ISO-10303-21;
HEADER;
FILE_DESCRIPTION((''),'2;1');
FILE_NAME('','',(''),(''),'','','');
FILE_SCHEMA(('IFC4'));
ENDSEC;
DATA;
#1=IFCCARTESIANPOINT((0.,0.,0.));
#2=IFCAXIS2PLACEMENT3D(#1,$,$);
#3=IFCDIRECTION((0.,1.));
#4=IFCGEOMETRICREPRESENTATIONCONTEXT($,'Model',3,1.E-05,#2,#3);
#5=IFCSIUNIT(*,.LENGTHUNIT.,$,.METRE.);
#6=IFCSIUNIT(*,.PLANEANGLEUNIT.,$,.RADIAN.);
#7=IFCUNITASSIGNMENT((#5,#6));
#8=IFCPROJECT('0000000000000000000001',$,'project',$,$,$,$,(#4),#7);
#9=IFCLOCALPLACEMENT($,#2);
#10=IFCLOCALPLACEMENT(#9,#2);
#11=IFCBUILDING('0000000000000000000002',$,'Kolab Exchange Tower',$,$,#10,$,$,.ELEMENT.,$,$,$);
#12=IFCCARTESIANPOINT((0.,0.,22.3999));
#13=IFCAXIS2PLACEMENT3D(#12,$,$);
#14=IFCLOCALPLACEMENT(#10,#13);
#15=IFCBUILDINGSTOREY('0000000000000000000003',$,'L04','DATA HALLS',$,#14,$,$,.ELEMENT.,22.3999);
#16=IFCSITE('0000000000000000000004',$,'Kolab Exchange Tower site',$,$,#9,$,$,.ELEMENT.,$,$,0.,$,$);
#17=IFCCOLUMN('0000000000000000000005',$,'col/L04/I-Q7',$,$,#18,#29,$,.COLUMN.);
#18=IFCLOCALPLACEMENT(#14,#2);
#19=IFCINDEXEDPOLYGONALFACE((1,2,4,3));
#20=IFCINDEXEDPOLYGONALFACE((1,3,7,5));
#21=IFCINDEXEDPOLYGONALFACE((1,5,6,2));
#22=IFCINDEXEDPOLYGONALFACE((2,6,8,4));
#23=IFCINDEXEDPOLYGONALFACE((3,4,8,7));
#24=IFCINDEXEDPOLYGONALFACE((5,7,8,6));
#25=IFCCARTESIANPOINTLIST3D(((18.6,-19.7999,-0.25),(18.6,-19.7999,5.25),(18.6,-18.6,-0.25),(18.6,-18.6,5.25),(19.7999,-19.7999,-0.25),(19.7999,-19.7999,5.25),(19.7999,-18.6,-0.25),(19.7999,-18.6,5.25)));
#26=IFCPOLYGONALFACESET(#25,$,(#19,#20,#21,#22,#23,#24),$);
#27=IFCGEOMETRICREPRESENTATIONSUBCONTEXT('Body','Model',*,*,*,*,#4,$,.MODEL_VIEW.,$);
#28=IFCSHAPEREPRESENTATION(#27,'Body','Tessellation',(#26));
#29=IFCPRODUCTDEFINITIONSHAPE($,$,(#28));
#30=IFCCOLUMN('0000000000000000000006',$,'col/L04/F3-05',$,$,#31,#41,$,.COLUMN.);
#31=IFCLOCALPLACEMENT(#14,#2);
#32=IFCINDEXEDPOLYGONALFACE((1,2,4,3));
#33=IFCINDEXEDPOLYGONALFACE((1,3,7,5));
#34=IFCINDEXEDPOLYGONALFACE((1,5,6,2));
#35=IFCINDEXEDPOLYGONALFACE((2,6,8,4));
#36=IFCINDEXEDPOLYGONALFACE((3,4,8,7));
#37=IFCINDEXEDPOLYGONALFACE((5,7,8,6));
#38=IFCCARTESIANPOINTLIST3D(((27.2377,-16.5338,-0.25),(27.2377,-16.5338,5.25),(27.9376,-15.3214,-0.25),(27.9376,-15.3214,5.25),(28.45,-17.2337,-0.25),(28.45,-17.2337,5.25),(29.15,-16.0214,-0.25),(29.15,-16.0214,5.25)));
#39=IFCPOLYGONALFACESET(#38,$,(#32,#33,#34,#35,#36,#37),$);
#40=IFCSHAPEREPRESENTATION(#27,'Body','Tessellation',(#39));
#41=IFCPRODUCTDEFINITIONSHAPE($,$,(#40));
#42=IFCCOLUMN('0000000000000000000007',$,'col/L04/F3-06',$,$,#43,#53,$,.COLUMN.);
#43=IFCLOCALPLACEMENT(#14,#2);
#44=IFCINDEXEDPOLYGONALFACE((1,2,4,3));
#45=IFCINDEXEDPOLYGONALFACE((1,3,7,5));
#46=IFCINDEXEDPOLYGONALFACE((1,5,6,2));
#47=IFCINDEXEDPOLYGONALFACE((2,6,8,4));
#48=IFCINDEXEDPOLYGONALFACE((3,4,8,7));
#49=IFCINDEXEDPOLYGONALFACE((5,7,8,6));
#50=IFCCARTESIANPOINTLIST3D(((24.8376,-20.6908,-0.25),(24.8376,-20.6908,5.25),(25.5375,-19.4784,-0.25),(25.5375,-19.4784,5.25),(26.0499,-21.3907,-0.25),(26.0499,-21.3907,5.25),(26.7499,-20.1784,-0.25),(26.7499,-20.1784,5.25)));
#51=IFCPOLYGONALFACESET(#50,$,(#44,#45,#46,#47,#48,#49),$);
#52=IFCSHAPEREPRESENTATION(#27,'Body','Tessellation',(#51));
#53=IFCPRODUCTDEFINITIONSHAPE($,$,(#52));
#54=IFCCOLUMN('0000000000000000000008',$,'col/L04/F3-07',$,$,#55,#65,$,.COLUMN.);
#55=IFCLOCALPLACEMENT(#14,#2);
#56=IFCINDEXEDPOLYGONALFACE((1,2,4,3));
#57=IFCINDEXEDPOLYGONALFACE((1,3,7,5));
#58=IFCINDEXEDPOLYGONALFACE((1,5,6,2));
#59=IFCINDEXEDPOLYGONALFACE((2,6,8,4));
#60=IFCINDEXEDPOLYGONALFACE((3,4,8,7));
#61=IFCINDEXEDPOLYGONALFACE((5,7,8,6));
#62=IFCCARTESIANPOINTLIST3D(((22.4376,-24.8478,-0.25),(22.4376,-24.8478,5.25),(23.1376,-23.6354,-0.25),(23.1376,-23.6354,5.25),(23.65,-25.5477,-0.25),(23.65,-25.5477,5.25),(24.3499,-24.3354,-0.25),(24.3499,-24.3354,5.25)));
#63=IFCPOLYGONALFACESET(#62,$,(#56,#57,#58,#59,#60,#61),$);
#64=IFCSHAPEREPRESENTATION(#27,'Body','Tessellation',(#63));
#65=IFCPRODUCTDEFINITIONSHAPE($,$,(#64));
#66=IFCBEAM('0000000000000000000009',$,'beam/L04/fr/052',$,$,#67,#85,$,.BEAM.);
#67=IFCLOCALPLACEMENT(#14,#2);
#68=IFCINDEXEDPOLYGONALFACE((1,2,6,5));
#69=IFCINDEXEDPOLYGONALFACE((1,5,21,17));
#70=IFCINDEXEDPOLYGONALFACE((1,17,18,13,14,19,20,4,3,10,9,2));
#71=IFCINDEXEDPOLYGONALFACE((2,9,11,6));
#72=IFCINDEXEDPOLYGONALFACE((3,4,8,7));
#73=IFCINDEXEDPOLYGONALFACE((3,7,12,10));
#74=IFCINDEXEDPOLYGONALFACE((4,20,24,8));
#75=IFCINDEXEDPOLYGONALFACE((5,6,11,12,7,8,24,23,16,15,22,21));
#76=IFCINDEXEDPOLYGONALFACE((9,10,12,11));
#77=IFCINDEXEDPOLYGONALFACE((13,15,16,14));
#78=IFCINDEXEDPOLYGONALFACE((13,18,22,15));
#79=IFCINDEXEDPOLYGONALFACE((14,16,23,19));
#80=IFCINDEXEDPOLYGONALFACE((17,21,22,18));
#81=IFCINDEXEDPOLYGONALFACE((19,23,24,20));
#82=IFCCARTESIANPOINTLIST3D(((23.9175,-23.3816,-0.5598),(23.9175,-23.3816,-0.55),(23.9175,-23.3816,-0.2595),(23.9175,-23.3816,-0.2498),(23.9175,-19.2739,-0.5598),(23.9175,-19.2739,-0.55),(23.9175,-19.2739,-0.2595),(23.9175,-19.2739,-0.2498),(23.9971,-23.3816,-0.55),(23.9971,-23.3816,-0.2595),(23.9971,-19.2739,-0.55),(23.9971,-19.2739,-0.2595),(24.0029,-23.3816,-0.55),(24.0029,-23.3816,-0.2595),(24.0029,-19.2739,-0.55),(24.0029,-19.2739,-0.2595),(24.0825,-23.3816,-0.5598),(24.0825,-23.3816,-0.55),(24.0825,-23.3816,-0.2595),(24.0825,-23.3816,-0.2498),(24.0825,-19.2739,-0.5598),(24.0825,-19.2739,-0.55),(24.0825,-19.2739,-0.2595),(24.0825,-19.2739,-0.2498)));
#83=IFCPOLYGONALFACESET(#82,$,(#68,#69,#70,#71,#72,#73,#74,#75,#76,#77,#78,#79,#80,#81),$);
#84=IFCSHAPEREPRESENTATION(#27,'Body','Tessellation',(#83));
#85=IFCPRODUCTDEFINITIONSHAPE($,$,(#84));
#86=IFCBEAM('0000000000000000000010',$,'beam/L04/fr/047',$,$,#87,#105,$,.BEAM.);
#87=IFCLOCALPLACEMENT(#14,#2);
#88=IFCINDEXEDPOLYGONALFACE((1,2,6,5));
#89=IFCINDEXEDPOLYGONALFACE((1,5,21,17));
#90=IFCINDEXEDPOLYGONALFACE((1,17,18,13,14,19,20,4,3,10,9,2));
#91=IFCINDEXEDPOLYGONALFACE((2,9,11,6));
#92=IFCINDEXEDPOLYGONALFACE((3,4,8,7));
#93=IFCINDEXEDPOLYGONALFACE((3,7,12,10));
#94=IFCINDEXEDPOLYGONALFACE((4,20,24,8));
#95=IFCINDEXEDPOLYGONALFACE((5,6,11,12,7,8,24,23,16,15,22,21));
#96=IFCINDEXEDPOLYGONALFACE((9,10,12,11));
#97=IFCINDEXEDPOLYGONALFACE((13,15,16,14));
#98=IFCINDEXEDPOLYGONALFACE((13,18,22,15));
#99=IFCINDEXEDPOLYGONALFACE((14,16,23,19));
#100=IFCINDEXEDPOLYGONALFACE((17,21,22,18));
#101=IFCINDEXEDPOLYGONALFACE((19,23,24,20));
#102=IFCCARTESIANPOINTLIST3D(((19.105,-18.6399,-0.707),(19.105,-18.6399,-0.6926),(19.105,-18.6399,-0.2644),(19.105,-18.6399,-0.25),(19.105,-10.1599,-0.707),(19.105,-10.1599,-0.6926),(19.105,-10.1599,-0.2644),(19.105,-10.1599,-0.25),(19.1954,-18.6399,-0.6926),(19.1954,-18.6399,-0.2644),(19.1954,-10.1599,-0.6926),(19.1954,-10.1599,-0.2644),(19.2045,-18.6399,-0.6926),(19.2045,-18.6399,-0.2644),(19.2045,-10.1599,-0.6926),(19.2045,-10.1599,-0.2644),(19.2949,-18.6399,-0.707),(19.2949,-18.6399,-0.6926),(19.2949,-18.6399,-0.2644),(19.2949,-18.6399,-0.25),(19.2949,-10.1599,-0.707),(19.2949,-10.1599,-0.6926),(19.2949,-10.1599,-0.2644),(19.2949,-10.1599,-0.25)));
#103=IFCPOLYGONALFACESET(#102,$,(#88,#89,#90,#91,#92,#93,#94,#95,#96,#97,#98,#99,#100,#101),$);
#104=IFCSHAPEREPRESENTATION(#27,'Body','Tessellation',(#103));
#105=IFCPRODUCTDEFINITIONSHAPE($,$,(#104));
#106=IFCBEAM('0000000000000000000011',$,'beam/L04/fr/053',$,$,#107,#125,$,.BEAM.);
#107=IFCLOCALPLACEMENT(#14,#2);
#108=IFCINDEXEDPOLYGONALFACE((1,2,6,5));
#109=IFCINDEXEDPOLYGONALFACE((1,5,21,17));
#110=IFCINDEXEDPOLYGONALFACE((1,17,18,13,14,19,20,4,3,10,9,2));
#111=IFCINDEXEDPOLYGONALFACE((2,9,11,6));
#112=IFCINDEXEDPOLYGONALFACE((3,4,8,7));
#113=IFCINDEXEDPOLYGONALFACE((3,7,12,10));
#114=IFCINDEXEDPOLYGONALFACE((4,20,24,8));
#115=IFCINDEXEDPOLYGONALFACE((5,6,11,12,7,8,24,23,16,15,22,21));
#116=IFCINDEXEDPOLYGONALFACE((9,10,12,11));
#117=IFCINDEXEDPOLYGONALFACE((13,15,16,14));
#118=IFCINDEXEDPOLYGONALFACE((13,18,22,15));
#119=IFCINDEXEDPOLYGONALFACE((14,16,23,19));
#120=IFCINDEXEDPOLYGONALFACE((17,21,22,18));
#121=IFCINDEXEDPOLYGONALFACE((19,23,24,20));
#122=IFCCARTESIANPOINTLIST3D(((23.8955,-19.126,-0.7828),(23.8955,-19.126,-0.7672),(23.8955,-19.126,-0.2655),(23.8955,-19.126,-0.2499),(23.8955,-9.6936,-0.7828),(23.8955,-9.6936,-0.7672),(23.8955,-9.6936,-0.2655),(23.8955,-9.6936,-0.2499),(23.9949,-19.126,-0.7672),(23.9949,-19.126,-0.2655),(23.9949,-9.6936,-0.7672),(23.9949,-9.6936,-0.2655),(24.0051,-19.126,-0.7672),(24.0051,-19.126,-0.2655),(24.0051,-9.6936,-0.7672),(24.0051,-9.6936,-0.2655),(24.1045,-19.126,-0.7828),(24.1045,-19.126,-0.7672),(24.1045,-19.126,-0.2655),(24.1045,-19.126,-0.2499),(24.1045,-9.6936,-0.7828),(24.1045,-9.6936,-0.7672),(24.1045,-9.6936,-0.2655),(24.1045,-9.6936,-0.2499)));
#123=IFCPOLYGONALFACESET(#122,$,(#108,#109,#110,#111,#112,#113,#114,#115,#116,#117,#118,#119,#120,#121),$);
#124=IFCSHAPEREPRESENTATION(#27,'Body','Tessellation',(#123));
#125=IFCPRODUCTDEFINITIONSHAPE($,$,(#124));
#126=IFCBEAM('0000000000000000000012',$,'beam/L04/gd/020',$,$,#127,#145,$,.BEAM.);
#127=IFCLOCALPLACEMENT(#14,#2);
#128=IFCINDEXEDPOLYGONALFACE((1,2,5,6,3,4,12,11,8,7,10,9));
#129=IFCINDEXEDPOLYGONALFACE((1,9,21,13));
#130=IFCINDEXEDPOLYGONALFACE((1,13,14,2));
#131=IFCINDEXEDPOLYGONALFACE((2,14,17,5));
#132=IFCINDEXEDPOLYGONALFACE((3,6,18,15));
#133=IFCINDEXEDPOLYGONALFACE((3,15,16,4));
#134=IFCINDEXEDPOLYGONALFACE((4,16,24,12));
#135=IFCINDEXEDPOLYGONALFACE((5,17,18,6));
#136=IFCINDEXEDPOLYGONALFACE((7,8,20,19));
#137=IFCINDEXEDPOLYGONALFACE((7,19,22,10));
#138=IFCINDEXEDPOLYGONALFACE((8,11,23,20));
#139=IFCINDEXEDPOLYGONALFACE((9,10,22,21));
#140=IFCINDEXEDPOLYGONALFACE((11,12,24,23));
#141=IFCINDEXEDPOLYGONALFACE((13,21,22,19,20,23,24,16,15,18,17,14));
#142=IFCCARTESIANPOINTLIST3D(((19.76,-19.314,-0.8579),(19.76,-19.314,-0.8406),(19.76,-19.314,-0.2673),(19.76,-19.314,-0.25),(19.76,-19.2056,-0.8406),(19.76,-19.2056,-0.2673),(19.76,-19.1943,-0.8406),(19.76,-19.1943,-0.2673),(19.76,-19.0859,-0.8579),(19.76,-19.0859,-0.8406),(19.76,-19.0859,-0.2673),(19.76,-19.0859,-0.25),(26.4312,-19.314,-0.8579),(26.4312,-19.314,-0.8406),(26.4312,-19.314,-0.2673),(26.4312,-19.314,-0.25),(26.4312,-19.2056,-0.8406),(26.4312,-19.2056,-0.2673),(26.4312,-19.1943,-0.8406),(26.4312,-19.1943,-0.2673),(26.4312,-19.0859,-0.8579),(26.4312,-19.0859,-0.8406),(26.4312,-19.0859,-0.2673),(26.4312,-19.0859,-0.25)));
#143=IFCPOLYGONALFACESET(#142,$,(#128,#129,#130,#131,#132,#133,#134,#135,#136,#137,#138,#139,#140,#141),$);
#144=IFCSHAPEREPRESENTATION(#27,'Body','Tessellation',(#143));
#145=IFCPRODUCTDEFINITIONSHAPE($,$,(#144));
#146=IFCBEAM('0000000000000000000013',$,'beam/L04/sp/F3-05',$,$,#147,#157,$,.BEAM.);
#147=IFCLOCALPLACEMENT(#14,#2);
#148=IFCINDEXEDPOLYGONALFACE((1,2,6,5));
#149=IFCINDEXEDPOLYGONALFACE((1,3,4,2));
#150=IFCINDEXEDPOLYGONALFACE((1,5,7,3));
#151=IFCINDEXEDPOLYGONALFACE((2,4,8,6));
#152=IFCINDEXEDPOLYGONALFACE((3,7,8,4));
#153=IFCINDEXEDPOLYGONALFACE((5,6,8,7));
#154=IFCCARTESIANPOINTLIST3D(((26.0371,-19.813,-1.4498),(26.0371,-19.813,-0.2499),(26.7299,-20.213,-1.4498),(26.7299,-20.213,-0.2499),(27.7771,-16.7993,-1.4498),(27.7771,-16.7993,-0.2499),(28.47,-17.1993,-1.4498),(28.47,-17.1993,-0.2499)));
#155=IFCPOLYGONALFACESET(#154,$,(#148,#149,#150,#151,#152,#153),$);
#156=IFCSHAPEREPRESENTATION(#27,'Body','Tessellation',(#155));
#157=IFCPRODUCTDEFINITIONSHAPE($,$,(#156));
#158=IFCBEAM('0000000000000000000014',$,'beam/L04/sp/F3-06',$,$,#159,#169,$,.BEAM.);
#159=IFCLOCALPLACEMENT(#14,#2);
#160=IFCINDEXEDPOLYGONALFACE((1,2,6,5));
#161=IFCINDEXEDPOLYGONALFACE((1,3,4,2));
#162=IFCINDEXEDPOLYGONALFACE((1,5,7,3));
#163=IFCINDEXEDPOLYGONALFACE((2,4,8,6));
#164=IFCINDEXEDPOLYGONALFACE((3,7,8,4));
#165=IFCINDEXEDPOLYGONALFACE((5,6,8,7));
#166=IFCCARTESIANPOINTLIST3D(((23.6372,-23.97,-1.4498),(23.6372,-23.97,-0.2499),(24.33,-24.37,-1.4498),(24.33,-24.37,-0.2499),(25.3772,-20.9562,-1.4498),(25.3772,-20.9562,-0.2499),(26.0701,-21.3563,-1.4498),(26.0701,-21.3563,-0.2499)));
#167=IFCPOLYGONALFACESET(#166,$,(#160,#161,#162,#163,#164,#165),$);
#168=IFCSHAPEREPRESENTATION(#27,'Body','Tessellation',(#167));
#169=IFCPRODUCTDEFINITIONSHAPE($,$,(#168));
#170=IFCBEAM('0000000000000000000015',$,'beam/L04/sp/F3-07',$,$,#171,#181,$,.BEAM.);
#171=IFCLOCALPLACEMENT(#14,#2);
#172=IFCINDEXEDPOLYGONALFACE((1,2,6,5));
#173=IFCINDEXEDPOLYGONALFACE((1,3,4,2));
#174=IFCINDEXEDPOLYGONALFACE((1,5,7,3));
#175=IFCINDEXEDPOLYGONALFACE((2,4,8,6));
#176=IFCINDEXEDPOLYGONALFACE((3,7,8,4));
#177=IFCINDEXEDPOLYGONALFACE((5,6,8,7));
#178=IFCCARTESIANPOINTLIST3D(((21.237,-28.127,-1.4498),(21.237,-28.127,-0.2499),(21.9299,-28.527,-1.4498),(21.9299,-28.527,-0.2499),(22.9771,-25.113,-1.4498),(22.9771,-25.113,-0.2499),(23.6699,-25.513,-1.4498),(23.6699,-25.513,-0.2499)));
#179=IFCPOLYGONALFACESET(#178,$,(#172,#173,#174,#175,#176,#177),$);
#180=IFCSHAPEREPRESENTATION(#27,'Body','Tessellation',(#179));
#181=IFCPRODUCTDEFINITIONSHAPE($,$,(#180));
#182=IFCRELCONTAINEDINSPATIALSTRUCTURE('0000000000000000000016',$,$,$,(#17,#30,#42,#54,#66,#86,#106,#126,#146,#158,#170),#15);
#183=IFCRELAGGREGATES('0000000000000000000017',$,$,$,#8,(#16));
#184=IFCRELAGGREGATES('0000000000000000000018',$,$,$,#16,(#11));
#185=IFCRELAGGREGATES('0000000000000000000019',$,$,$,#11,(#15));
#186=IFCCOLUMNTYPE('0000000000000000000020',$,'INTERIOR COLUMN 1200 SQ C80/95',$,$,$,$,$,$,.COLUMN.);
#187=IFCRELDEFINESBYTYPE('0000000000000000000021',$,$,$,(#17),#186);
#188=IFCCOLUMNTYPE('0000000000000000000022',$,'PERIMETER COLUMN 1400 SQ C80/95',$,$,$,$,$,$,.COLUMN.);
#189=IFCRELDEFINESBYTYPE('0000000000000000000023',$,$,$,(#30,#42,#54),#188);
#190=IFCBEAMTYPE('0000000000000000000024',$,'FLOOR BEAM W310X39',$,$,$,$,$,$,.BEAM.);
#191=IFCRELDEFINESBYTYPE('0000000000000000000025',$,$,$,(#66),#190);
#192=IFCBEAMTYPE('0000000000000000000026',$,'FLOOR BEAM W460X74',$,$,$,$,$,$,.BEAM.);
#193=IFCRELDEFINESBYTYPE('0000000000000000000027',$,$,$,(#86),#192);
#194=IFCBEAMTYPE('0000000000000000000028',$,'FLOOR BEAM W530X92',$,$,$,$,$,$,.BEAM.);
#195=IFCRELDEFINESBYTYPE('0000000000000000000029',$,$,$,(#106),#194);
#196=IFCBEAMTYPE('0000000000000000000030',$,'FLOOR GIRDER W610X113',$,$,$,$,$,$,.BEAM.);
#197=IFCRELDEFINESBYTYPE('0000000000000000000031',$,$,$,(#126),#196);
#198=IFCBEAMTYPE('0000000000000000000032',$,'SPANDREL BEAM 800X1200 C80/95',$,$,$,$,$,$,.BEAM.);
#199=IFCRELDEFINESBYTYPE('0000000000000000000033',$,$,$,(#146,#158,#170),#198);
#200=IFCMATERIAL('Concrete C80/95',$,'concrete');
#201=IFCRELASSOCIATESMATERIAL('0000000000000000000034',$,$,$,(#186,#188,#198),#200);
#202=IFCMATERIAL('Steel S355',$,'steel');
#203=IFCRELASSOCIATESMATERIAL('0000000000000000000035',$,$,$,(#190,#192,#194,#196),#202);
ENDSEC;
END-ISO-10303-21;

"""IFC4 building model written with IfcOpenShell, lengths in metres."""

from ifc_helpers import new_model, si_unit, direction, frame, origin, origin_2d, place, context, subcontext, project, spatial, rectangle, i_section, extrude, material, material_profile, profile_set, type_object, element, save


model = new_model("IFC4")

# Units and contexts
model_context = context("Model", 3, precision=1e-05, world=origin(), true_north=direction((0.0, 1.0)))
body_context = subcontext(model_context, "Body", "Model", "MODEL_VIEW")
ifc_project = project(units=[si_unit("LENGTHUNIT", "METRE"), si_unit("PLANEANGLEUNIT", "RADIAN")], contexts=[model_context])

# Site, building, storey
site_placement = place(None, origin())
site = spatial("IfcSite", under=ifc_project, at=site_placement, Name="Kolab Exchange Tower site", CompositionType="ELEMENT", RefElevation=0.0)
building_placement = place(site_placement, origin())
building = spatial("IfcBuilding", under=site, at=building_placement, Name="Kolab Exchange Tower", CompositionType="ELEMENT")
storey_placement = place(building_placement, frame((0.0, 0.0, 22.3999)))
storey = spatial("IfcBuildingStorey", under=building, at=storey_placement, Name="L04", Description="DATA HALLS", CompositionType="ELEMENT", Elevation=22.3999)

# Columns
ifc_material_1 = material(Name="Concrete C80/95", Category="concrete")
ifc_material_profile_1 = material_profile(ifc_material_1, rectangle(XDim=1.2, YDim=1.2, at=origin_2d()), Name="RC1200")
ifc_profile_set_1 = profile_set([ifc_material_profile_1], Name="Concrete C80/95")
column_type_1 = type_object("IfcColumnType", Name="INTERIOR COLUMN 1200 SQ C80/95", PredefinedType="COLUMN", material=ifc_profile_set_1)
column_placement = place(storey_placement, frame((19.2, -19.2, -0.25), z_axis=(0.0, 0.0, 1.0), x_axis=(1.0, 0.0, 0.0)))
element("IfcColumn", 1, at=column_placement, inside=storey, type_object=column_type_1, Name="col/L04/I-Q7", PredefinedType="COLUMN", context=body_context, shape_type="SweptSolid", body=[
    extrude(rectangle(XDim=1.2, YDim=1.2, at=origin_2d()), origin(), (0.0, 0.0, 1.0), 5.5),
])
ifc_material_profile_2 = material_profile(ifc_material_1, rectangle(XDim=1.3999, YDim=1.3999, at=origin_2d()), Name="RC1400")
ifc_profile_set_2 = profile_set([ifc_material_profile_2], Name="Concrete C80/95")
column_type_2 = type_object("IfcColumnType", Name="PERIMETER COLUMN 1400 SQ C80/95", PredefinedType="COLUMN", material=ifc_profile_set_2)
for number, where, z_axis, x_axis, name in (
    (2, (28.1938, -16.2776, -0.25), (0.0, 0.0, 1.0), (0.5, 0.866025, 0.0), "col/L04/F3-05"),
    (3, (25.7937, -20.4346, -0.25), (0.0, 0.0, 1.0), (0.5, 0.866025, 0.0), "col/L04/F3-06"),
    (4, (23.3938, -24.5916, -0.25), (0.0, 0.0, 1.0), (0.5, 0.866025, 0.0), "col/L04/F3-07"),
):
    element("IfcColumn", number, at=place(storey_placement, frame(where, z_axis=z_axis, x_axis=x_axis)), inside=storey, type_object=column_type_2, Name=name, PredefinedType="COLUMN", context=body_context, shape_type="SweptSolid", body=[
        extrude(rectangle(XDim=1.3999, YDim=1.3999, at=origin_2d()), origin(), (0.0, 0.0, 1.0), 5.5),
    ])

# Beams
ifc_material_2 = material(Name="Steel S355", Category="steel")
ifc_material_profile_3 = material_profile(ifc_material_2, i_section(OverallWidth=0.165, OverallDepth=0.3101, WebThickness=0.0059, FlangeThickness=0.0098, at=origin_2d()), Name="W310X39")
ifc_profile_set_3 = profile_set([ifc_material_profile_3], Name="Steel S355")
beam_type_1 = type_object("IfcBeamType", Name="FLOOR BEAM W310X39", PredefinedType="BEAM", material=ifc_profile_set_3)
beam_1_placement = place(storey_placement, frame((24.0, -23.3816, -0.4048), z_axis=(0.0, 1.0, 0.0), x_axis=(-1.0, 0.0, 0.0)))
element("IfcBeam", 5, at=beam_1_placement, inside=storey, type_object=beam_type_1, Name="beam/L04/fr/052", PredefinedType="BEAM", context=body_context, shape_type="SweptSolid", body=[
    extrude(i_section(OverallWidth=0.165, OverallDepth=0.3101, WebThickness=0.0059, FlangeThickness=0.0098, at=origin_2d()), origin(), (0.0, 0.0, 1.0), 4.1077),
])
ifc_material_profile_4 = material_profile(ifc_material_2, i_section(OverallWidth=0.1899, OverallDepth=0.457, WebThickness=0.009, FlangeThickness=0.0144, at=origin_2d()), Name="W460X74")
ifc_profile_set_4 = profile_set([ifc_material_profile_4], Name="Steel S355")
beam_type_2 = type_object("IfcBeamType", Name="FLOOR BEAM W460X74", PredefinedType="BEAM", material=ifc_profile_set_4)
beam_2_placement = place(storey_placement, frame((19.2, -18.6399, -0.4785), z_axis=(0.0, 1.0, 0.0), x_axis=(-1.0, 0.0, 0.0)))
element("IfcBeam", 6, at=beam_2_placement, inside=storey, type_object=beam_type_2, Name="beam/L04/fr/047", PredefinedType="BEAM", context=body_context, shape_type="SweptSolid", body=[
    extrude(i_section(OverallWidth=0.1899, OverallDepth=0.457, WebThickness=0.009, FlangeThickness=0.0144, at=origin_2d()), origin(), (0.0, 0.0, 1.0), 8.48),
])
ifc_material_profile_5 = material_profile(ifc_material_2, i_section(OverallWidth=0.209, OverallDepth=0.533, WebThickness=0.0103, FlangeThickness=0.0156, at=origin_2d()), Name="W530X92")
ifc_profile_set_5 = profile_set([ifc_material_profile_5], Name="Steel S355")
beam_type_3 = type_object("IfcBeamType", Name="FLOOR BEAM W530X92", PredefinedType="BEAM", material=ifc_profile_set_5)
beam_3_placement = place(storey_placement, frame((24.0, -19.126, -0.5164), z_axis=(0.0, 1.0, 0.0), x_axis=(-1.0, 0.0, 0.0)))
element("IfcBeam", 7, at=beam_3_placement, inside=storey, type_object=beam_type_3, Name="beam/L04/fr/053", PredefinedType="BEAM", context=body_context, shape_type="SweptSolid", body=[
    extrude(i_section(OverallWidth=0.209, OverallDepth=0.533, WebThickness=0.0103, FlangeThickness=0.0156, at=origin_2d()), origin(), (0.0, 0.0, 1.0), 9.4324),
])
ifc_material_profile_6 = material_profile(ifc_material_2, i_section(OverallWidth=0.228, OverallDepth=0.6079, WebThickness=0.0112, FlangeThickness=0.0173, at=origin_2d()), Name="W610X113")
ifc_profile_set_6 = profile_set([ifc_material_profile_6], Name="Steel S355")
beam_type_4 = type_object("IfcBeamType", Name="FLOOR GIRDER W610X113", PredefinedType="BEAM", material=ifc_profile_set_6)
beam_4_placement = place(storey_placement, frame((19.76, -19.2, -0.554), z_axis=(1.0, 0.0, 0.0), x_axis=(0.0, 1.0, 0.0)))
element("IfcBeam", 8, at=beam_4_placement, inside=storey, type_object=beam_type_4, Name="beam/L04/gd/020", PredefinedType="BEAM", context=body_context, shape_type="SweptSolid", body=[
    extrude(i_section(OverallWidth=0.228, OverallDepth=0.6079, WebThickness=0.0112, FlangeThickness=0.0173, at=origin_2d()), origin(), (0.0, 0.0, 1.0), 6.6711),
])
ifc_material_profile_7 = material_profile(ifc_material_1, rectangle(XDim=0.8, YDim=1.2, at=origin_2d()), Name="RC800X1200")
ifc_profile_set_7 = profile_set([ifc_material_profile_7], Name="Concrete C80/95")
beam_type_5 = type_object("IfcBeamType", Name="SPANDREL BEAM 800X1200 C80/95", PredefinedType="BEAM", material=ifc_profile_set_7)
for number, where, z_axis, x_axis, name in (
    (9, (28.1235, -16.9993, -0.8499), (-0.50001, -0.86602, 0.0), (0.86602, -0.50001, 0.0), "beam/L04/sp/F3-05"),
    (10, (25.7236, -21.1562, -0.8499), (-0.50001, -0.86602, 0.0), (0.86602, -0.50001, 0.0), "beam/L04/sp/F3-06"),
):
    element("IfcBeam", number, at=place(storey_placement, frame(where, z_axis=z_axis, x_axis=x_axis)), inside=storey, type_object=beam_type_5, Name=name, PredefinedType="BEAM", context=body_context, shape_type="SweptSolid", body=[
        extrude(rectangle(XDim=0.8, YDim=1.2, at=origin_2d()), origin(), (0.0, 0.0, 1.0), 3.48),
    ])
beam_5_placement = place(storey_placement, frame((23.3235, -25.313, -0.8499), z_axis=(-0.49998, -0.866037, 0.0), x_axis=(0.866037, -0.49998, 0.0)))
element("IfcBeam", 11, at=beam_5_placement, inside=storey, type_object=beam_type_5, Name="beam/L04/sp/F3-07", PredefinedType="BEAM", context=body_context, shape_type="SweptSolid", body=[
    extrude(rectangle(XDim=0.8, YDim=1.2, at=origin_2d()), origin(), (0.0, 0.0, 1.0), 3.4802),
])

save(model, "model.ifc")
